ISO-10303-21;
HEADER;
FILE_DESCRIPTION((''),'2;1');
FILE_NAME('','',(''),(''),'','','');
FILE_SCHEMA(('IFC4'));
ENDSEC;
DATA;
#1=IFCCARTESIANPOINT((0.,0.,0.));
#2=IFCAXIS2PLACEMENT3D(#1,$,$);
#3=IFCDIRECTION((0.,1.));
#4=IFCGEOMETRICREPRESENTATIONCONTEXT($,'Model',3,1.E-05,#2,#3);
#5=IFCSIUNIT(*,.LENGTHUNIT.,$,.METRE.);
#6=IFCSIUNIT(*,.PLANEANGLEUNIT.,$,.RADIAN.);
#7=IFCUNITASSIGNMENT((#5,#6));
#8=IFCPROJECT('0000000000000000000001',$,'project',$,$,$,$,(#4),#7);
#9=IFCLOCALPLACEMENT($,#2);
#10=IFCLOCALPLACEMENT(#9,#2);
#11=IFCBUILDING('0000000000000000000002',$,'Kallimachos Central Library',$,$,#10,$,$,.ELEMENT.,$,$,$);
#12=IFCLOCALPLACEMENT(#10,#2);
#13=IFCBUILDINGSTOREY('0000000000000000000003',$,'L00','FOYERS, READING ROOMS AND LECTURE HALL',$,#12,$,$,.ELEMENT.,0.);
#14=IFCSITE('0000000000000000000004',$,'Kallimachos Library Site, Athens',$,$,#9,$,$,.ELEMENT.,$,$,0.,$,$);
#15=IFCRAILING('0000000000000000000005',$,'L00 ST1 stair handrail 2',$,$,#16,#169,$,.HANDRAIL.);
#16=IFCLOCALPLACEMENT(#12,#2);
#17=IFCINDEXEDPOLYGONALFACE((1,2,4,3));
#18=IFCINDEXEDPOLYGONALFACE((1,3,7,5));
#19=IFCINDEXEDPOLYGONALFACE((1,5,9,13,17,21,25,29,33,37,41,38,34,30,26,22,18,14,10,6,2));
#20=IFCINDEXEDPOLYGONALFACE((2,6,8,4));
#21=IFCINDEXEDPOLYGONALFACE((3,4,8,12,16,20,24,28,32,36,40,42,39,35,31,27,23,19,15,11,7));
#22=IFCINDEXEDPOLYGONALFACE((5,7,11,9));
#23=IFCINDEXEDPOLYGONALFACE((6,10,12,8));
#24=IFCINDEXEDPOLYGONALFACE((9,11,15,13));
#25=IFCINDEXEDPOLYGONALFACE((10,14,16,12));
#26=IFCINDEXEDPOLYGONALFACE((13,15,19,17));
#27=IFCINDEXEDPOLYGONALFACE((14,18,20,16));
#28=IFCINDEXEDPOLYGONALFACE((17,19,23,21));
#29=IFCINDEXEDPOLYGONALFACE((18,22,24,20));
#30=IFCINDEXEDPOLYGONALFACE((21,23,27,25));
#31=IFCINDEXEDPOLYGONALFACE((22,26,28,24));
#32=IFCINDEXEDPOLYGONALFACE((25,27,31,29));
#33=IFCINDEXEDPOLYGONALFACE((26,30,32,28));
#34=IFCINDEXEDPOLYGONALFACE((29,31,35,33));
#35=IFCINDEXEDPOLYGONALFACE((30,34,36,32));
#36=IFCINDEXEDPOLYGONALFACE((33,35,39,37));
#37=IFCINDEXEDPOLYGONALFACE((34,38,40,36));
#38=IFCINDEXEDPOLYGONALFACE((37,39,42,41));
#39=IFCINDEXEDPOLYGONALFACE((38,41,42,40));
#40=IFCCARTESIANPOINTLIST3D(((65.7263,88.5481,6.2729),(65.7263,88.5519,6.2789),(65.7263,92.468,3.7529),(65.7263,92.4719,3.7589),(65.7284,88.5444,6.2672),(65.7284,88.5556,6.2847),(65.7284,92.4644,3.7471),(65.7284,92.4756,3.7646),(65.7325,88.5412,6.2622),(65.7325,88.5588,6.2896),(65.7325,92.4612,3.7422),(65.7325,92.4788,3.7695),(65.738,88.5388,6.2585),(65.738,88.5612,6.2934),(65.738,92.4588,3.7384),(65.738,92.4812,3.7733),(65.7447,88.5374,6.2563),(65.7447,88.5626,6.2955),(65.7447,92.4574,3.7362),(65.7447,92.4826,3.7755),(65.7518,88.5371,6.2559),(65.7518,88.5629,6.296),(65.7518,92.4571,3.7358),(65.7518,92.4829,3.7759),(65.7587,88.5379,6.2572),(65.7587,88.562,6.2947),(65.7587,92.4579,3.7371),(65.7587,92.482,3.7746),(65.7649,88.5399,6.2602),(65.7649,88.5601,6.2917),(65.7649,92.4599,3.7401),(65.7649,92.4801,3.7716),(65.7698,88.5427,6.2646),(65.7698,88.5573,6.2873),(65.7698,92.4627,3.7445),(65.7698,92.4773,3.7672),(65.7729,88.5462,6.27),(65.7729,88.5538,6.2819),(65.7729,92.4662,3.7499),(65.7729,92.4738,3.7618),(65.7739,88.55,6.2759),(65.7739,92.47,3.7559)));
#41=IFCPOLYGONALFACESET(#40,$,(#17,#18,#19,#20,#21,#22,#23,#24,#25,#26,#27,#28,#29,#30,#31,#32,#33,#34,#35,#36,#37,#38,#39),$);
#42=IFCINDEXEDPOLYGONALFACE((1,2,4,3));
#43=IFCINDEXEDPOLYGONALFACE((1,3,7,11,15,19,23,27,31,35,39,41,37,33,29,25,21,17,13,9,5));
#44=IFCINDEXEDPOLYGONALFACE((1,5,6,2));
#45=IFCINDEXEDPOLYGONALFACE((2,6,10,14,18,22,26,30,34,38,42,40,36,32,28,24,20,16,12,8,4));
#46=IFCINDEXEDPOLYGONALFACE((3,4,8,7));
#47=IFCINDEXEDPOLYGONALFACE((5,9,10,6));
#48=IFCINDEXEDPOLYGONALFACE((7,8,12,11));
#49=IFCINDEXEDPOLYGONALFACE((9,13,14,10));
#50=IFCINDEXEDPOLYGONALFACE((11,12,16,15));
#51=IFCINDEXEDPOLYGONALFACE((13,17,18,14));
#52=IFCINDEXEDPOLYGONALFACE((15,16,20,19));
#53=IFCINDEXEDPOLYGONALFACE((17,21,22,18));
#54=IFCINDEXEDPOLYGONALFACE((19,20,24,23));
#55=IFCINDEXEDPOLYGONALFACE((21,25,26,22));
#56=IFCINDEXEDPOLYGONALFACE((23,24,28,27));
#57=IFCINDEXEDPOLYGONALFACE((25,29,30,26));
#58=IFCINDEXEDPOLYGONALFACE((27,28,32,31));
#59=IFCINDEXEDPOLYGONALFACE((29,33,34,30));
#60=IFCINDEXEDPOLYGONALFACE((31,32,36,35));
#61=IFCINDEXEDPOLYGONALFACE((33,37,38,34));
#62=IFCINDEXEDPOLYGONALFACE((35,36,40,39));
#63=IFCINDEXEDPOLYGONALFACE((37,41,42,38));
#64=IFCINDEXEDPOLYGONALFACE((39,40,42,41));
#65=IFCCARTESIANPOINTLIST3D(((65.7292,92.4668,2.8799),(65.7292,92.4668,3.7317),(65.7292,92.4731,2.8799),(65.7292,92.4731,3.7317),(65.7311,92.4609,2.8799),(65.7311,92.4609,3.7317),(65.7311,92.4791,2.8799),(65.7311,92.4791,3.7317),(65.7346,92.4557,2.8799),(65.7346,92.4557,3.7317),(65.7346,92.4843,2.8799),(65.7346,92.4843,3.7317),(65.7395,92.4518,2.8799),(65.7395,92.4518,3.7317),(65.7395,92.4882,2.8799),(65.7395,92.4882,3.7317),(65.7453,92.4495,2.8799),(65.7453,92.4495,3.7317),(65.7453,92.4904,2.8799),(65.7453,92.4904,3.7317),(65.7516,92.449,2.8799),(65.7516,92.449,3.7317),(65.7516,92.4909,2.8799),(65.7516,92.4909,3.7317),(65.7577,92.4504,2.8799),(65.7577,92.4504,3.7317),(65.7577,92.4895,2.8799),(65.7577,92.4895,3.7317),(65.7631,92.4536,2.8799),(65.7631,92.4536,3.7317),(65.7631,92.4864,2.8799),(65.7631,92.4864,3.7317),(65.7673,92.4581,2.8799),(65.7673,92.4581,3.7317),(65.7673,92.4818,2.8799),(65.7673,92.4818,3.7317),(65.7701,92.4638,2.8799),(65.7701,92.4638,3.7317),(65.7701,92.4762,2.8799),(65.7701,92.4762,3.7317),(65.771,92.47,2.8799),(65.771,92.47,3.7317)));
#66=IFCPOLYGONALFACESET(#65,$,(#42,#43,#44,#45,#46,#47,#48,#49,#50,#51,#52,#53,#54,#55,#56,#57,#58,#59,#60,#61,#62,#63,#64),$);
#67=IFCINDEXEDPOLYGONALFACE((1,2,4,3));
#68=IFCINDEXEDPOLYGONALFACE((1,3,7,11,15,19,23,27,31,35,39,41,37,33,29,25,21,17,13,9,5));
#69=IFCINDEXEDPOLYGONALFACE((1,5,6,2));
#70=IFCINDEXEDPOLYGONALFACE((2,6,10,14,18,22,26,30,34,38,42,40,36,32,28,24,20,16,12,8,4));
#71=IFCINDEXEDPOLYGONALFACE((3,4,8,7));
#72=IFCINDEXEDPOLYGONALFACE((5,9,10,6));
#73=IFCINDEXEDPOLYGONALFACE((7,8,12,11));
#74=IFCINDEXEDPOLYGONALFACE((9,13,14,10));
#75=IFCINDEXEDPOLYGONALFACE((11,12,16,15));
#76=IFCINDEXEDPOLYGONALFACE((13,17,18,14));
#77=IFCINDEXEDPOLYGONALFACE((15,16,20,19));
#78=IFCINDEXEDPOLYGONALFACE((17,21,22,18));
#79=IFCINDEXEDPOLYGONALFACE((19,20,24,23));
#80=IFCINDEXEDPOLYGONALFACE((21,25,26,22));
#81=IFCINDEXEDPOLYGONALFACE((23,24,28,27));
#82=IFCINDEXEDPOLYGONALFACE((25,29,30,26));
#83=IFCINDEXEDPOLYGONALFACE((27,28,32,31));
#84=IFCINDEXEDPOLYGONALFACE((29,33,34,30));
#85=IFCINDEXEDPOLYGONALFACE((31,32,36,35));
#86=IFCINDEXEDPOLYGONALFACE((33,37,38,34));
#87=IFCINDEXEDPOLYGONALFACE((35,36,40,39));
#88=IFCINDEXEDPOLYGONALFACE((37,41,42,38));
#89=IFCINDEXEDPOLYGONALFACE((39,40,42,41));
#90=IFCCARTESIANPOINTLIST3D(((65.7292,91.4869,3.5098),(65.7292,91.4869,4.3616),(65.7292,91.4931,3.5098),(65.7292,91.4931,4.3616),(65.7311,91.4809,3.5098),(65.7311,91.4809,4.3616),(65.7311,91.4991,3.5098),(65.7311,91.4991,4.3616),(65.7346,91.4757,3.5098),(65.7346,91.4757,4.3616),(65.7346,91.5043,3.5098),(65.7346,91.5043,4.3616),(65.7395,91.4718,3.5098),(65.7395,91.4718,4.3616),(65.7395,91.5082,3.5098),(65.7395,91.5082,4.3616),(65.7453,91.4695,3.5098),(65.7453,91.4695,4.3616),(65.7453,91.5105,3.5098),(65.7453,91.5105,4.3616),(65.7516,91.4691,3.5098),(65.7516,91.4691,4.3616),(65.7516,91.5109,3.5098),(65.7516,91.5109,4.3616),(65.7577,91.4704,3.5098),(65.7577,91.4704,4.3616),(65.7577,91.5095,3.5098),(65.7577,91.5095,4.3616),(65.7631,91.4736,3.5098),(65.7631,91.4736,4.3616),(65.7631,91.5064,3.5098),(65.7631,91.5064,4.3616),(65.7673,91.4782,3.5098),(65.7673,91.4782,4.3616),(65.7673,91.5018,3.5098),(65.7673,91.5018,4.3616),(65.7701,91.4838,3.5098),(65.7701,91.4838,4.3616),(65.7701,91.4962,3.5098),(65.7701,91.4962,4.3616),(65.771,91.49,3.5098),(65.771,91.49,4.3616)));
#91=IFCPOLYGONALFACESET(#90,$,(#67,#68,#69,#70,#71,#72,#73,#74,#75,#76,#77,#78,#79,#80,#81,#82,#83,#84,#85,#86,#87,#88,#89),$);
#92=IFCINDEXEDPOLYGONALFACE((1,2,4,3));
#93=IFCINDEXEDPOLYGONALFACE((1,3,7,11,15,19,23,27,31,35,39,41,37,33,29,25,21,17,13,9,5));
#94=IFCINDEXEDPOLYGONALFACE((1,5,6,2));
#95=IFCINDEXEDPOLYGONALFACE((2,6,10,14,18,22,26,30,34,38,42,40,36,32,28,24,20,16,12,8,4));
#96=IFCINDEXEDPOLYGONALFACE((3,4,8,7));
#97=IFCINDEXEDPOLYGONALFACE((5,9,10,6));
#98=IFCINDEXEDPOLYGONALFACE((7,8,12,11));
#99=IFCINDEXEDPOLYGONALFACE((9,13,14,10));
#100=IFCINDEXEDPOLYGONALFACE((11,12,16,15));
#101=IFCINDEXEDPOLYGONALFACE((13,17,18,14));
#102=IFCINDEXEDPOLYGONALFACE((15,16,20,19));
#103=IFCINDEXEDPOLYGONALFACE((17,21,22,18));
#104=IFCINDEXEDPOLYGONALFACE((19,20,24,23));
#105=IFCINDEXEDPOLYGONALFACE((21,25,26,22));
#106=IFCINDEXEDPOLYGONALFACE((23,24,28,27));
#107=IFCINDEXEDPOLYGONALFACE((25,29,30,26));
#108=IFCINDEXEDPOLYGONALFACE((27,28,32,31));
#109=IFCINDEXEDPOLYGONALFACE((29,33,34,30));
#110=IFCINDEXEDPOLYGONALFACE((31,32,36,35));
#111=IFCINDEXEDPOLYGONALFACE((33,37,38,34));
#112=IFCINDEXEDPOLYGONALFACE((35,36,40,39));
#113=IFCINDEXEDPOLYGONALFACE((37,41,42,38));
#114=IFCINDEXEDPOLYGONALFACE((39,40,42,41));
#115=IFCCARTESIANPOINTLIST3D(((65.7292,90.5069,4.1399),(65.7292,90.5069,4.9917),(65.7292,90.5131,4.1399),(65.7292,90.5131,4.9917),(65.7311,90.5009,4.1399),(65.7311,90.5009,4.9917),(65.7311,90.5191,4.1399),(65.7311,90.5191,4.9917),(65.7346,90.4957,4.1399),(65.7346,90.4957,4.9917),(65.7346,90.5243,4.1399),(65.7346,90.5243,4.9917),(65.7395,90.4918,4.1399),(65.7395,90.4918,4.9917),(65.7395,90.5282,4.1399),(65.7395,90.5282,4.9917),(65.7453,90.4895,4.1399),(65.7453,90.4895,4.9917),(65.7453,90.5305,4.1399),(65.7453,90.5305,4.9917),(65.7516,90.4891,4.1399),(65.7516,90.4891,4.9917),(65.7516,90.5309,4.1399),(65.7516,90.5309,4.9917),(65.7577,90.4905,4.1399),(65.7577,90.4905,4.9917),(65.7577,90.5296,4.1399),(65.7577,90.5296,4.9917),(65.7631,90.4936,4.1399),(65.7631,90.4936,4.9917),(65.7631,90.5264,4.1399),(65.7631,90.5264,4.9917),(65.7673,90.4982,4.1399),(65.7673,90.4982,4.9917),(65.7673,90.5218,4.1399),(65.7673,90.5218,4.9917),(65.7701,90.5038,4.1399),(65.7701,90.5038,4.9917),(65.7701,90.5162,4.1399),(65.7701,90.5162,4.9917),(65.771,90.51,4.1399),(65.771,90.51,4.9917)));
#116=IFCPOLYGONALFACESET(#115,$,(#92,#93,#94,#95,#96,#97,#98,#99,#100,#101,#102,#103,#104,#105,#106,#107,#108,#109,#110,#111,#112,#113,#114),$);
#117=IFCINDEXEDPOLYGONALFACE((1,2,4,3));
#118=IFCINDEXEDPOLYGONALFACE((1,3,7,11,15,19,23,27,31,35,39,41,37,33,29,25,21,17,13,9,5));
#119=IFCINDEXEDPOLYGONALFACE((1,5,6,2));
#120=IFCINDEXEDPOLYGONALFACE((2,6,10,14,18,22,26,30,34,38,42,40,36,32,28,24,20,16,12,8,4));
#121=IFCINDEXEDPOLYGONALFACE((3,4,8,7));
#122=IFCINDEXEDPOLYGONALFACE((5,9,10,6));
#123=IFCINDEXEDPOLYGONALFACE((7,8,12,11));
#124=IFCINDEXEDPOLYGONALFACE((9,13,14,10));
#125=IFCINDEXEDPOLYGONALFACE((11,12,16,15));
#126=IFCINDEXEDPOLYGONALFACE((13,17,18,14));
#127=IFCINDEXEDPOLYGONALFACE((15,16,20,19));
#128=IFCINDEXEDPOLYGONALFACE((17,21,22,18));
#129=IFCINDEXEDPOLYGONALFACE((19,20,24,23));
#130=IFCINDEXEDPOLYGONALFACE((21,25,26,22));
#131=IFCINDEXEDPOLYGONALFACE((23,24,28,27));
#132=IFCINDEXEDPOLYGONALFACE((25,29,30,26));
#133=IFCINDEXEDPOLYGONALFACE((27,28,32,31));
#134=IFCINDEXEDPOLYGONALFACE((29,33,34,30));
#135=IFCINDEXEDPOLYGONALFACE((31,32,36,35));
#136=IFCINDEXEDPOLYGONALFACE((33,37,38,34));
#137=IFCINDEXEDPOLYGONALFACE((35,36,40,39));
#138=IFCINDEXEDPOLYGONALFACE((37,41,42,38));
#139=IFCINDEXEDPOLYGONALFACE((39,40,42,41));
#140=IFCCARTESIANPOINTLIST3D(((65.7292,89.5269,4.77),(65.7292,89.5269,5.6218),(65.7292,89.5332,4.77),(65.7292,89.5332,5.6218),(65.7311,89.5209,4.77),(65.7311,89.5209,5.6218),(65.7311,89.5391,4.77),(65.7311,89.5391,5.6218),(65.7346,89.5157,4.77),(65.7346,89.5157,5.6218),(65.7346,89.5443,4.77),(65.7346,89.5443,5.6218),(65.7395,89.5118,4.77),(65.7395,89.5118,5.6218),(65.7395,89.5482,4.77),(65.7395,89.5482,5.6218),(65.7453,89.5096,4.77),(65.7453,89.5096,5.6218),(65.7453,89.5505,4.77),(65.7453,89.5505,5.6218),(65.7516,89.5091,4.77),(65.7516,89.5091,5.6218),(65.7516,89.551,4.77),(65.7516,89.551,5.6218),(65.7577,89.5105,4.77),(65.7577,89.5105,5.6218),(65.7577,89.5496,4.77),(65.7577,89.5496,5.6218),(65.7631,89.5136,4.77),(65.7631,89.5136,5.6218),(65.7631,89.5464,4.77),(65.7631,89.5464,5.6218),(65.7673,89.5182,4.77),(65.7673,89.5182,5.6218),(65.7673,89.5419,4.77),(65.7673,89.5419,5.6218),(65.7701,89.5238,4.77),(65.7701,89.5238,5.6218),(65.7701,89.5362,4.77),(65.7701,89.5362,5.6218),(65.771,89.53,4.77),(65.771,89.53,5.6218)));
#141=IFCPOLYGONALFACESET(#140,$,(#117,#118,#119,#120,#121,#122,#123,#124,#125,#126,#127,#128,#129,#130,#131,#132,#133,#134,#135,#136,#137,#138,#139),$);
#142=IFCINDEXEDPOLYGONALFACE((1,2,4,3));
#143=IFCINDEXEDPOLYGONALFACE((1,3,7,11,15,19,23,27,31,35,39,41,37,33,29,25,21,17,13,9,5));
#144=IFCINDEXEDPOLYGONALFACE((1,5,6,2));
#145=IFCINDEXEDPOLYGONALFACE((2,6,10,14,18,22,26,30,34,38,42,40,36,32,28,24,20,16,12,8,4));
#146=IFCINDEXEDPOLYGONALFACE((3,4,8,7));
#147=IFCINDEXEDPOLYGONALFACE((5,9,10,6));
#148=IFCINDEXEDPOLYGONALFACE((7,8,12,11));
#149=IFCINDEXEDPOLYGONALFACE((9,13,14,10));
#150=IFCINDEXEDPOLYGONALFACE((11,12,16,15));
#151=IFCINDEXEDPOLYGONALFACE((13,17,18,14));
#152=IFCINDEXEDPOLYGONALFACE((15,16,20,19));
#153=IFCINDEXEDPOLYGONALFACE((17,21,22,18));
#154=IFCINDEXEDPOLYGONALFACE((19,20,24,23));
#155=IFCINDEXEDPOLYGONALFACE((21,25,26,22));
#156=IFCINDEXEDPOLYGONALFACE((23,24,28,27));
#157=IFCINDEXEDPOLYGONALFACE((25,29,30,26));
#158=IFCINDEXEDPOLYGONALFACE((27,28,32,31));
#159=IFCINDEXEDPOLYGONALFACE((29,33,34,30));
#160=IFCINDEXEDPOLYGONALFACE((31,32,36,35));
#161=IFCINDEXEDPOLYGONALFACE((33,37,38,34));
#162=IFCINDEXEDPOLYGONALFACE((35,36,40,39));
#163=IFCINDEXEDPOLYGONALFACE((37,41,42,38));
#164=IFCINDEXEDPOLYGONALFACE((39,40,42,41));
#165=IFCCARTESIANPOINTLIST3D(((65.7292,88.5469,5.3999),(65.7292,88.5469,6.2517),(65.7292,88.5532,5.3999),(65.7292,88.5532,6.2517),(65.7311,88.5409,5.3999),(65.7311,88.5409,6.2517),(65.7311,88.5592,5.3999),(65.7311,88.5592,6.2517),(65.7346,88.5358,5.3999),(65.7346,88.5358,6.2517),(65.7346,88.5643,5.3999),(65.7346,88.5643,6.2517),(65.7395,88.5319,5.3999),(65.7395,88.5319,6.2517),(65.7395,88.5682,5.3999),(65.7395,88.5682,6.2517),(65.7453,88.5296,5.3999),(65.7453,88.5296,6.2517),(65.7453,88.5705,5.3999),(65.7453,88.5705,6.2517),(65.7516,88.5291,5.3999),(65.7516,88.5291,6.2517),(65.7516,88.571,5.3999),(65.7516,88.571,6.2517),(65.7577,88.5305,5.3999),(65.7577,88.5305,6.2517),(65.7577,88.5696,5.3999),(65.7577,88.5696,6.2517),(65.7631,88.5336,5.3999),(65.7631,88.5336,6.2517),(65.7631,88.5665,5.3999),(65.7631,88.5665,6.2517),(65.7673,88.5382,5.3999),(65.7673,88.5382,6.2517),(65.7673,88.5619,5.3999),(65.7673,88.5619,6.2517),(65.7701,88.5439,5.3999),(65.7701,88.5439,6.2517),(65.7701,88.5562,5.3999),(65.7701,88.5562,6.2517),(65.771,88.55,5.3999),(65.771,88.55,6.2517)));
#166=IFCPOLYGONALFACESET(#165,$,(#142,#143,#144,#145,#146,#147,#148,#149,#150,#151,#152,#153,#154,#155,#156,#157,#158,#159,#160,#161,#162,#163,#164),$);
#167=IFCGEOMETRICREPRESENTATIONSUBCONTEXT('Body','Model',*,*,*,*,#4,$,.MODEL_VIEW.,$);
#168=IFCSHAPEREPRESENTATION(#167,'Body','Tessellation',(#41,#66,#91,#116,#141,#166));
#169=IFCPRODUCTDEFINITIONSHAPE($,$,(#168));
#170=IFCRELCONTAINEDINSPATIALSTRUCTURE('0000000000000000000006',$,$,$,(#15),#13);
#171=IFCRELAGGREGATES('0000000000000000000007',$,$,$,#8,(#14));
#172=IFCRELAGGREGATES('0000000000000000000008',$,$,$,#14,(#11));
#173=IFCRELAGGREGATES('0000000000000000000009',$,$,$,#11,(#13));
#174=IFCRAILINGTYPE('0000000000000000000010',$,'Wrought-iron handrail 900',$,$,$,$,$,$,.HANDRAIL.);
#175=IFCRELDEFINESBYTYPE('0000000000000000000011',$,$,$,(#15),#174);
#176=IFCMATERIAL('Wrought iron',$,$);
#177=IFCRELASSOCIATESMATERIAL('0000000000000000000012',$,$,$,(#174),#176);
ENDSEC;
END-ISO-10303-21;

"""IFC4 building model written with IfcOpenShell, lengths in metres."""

from ifc_helpers import new_model, si_unit, direction, frame, origin, origin_2d, place, context, subcontext, project, spatial, circle, extrude, material, type_object, element, save


model = new_model("IFC4")

# Units and contexts
model_context = context("Model", 3, precision=1e-05, world=origin(), true_north=direction((0.0, 1.0)))
body_context = subcontext(model_context, "Body", "Model", "MODEL_VIEW")
ifc_project = project(units=[si_unit("LENGTHUNIT", "METRE"), si_unit("PLANEANGLEUNIT", "RADIAN")], contexts=[model_context])

# Site, building, storey
site_placement = place(None, origin())
site = spatial("IfcSite", under=ifc_project, at=site_placement, Name="Kallimachos Library Site, Athens", CompositionType="ELEMENT", RefElevation=0.0)
building_placement = place(site_placement, origin())
building = spatial("IfcBuilding", under=site, at=building_placement, Name="Kallimachos Central Library", CompositionType="ELEMENT")
storey_placement = place(building_placement, origin())
storey = spatial("IfcBuildingStorey", under=building, at=storey_placement, Name="L00", Description="FOYERS, READING ROOMS AND LECTURE HALL", CompositionType="ELEMENT", Elevation=0.0)

# Railing
ifc_material_1 = material(Name="Wrought iron")
railing_type_1 = type_object("IfcRailingType", Name="Wrought-iron handrail 900", PredefinedType="HANDRAIL", material=ifc_material_1)
railing_1_placement = place(storey_placement, frame((65.75, 92.47, 2.8799)))
element("IfcRailing", 1, at=railing_1_placement, inside=storey, type_object=railing_type_1, Name="L00 ST1 stair handrail 2", PredefinedType="HANDRAIL", context=body_context, shape_type="SweptSolid", body=[
    extrude(circle(Radius=0.0239, at=origin_2d()), frame((0.0, 0.0, 0.876), z_axis=(0.0, -0.841172, 0.540768), x_axis=(1.0, 0.0, 0.0)), (0.0, 0.0, 1.0), 4.6602),
    extrude(circle(Radius=0.021, at=origin_2d()), origin(), (0.0, 0.0, 1.0), 0.8518),
    extrude(circle(Radius=0.021, at=origin_2d()), frame((0.0, -0.98, 0.6299)), (0.0, 0.0, 1.0), 0.8518),
    extrude(circle(Radius=0.021, at=origin_2d()), frame((0.0, -1.96, 1.26)), (0.0, 0.0, 1.0), 0.8518),
    extrude(circle(Radius=0.021, at=origin_2d()), frame((0.0, -2.9399, 1.8901)), (0.0, 0.0, 1.0), 0.8518),
    extrude(circle(Radius=0.021, at=origin_2d()), frame((0.0, -3.9199, 2.52)), (0.0, 0.0, 1.0), 0.8518),
])

save(model, "model.ifc")
